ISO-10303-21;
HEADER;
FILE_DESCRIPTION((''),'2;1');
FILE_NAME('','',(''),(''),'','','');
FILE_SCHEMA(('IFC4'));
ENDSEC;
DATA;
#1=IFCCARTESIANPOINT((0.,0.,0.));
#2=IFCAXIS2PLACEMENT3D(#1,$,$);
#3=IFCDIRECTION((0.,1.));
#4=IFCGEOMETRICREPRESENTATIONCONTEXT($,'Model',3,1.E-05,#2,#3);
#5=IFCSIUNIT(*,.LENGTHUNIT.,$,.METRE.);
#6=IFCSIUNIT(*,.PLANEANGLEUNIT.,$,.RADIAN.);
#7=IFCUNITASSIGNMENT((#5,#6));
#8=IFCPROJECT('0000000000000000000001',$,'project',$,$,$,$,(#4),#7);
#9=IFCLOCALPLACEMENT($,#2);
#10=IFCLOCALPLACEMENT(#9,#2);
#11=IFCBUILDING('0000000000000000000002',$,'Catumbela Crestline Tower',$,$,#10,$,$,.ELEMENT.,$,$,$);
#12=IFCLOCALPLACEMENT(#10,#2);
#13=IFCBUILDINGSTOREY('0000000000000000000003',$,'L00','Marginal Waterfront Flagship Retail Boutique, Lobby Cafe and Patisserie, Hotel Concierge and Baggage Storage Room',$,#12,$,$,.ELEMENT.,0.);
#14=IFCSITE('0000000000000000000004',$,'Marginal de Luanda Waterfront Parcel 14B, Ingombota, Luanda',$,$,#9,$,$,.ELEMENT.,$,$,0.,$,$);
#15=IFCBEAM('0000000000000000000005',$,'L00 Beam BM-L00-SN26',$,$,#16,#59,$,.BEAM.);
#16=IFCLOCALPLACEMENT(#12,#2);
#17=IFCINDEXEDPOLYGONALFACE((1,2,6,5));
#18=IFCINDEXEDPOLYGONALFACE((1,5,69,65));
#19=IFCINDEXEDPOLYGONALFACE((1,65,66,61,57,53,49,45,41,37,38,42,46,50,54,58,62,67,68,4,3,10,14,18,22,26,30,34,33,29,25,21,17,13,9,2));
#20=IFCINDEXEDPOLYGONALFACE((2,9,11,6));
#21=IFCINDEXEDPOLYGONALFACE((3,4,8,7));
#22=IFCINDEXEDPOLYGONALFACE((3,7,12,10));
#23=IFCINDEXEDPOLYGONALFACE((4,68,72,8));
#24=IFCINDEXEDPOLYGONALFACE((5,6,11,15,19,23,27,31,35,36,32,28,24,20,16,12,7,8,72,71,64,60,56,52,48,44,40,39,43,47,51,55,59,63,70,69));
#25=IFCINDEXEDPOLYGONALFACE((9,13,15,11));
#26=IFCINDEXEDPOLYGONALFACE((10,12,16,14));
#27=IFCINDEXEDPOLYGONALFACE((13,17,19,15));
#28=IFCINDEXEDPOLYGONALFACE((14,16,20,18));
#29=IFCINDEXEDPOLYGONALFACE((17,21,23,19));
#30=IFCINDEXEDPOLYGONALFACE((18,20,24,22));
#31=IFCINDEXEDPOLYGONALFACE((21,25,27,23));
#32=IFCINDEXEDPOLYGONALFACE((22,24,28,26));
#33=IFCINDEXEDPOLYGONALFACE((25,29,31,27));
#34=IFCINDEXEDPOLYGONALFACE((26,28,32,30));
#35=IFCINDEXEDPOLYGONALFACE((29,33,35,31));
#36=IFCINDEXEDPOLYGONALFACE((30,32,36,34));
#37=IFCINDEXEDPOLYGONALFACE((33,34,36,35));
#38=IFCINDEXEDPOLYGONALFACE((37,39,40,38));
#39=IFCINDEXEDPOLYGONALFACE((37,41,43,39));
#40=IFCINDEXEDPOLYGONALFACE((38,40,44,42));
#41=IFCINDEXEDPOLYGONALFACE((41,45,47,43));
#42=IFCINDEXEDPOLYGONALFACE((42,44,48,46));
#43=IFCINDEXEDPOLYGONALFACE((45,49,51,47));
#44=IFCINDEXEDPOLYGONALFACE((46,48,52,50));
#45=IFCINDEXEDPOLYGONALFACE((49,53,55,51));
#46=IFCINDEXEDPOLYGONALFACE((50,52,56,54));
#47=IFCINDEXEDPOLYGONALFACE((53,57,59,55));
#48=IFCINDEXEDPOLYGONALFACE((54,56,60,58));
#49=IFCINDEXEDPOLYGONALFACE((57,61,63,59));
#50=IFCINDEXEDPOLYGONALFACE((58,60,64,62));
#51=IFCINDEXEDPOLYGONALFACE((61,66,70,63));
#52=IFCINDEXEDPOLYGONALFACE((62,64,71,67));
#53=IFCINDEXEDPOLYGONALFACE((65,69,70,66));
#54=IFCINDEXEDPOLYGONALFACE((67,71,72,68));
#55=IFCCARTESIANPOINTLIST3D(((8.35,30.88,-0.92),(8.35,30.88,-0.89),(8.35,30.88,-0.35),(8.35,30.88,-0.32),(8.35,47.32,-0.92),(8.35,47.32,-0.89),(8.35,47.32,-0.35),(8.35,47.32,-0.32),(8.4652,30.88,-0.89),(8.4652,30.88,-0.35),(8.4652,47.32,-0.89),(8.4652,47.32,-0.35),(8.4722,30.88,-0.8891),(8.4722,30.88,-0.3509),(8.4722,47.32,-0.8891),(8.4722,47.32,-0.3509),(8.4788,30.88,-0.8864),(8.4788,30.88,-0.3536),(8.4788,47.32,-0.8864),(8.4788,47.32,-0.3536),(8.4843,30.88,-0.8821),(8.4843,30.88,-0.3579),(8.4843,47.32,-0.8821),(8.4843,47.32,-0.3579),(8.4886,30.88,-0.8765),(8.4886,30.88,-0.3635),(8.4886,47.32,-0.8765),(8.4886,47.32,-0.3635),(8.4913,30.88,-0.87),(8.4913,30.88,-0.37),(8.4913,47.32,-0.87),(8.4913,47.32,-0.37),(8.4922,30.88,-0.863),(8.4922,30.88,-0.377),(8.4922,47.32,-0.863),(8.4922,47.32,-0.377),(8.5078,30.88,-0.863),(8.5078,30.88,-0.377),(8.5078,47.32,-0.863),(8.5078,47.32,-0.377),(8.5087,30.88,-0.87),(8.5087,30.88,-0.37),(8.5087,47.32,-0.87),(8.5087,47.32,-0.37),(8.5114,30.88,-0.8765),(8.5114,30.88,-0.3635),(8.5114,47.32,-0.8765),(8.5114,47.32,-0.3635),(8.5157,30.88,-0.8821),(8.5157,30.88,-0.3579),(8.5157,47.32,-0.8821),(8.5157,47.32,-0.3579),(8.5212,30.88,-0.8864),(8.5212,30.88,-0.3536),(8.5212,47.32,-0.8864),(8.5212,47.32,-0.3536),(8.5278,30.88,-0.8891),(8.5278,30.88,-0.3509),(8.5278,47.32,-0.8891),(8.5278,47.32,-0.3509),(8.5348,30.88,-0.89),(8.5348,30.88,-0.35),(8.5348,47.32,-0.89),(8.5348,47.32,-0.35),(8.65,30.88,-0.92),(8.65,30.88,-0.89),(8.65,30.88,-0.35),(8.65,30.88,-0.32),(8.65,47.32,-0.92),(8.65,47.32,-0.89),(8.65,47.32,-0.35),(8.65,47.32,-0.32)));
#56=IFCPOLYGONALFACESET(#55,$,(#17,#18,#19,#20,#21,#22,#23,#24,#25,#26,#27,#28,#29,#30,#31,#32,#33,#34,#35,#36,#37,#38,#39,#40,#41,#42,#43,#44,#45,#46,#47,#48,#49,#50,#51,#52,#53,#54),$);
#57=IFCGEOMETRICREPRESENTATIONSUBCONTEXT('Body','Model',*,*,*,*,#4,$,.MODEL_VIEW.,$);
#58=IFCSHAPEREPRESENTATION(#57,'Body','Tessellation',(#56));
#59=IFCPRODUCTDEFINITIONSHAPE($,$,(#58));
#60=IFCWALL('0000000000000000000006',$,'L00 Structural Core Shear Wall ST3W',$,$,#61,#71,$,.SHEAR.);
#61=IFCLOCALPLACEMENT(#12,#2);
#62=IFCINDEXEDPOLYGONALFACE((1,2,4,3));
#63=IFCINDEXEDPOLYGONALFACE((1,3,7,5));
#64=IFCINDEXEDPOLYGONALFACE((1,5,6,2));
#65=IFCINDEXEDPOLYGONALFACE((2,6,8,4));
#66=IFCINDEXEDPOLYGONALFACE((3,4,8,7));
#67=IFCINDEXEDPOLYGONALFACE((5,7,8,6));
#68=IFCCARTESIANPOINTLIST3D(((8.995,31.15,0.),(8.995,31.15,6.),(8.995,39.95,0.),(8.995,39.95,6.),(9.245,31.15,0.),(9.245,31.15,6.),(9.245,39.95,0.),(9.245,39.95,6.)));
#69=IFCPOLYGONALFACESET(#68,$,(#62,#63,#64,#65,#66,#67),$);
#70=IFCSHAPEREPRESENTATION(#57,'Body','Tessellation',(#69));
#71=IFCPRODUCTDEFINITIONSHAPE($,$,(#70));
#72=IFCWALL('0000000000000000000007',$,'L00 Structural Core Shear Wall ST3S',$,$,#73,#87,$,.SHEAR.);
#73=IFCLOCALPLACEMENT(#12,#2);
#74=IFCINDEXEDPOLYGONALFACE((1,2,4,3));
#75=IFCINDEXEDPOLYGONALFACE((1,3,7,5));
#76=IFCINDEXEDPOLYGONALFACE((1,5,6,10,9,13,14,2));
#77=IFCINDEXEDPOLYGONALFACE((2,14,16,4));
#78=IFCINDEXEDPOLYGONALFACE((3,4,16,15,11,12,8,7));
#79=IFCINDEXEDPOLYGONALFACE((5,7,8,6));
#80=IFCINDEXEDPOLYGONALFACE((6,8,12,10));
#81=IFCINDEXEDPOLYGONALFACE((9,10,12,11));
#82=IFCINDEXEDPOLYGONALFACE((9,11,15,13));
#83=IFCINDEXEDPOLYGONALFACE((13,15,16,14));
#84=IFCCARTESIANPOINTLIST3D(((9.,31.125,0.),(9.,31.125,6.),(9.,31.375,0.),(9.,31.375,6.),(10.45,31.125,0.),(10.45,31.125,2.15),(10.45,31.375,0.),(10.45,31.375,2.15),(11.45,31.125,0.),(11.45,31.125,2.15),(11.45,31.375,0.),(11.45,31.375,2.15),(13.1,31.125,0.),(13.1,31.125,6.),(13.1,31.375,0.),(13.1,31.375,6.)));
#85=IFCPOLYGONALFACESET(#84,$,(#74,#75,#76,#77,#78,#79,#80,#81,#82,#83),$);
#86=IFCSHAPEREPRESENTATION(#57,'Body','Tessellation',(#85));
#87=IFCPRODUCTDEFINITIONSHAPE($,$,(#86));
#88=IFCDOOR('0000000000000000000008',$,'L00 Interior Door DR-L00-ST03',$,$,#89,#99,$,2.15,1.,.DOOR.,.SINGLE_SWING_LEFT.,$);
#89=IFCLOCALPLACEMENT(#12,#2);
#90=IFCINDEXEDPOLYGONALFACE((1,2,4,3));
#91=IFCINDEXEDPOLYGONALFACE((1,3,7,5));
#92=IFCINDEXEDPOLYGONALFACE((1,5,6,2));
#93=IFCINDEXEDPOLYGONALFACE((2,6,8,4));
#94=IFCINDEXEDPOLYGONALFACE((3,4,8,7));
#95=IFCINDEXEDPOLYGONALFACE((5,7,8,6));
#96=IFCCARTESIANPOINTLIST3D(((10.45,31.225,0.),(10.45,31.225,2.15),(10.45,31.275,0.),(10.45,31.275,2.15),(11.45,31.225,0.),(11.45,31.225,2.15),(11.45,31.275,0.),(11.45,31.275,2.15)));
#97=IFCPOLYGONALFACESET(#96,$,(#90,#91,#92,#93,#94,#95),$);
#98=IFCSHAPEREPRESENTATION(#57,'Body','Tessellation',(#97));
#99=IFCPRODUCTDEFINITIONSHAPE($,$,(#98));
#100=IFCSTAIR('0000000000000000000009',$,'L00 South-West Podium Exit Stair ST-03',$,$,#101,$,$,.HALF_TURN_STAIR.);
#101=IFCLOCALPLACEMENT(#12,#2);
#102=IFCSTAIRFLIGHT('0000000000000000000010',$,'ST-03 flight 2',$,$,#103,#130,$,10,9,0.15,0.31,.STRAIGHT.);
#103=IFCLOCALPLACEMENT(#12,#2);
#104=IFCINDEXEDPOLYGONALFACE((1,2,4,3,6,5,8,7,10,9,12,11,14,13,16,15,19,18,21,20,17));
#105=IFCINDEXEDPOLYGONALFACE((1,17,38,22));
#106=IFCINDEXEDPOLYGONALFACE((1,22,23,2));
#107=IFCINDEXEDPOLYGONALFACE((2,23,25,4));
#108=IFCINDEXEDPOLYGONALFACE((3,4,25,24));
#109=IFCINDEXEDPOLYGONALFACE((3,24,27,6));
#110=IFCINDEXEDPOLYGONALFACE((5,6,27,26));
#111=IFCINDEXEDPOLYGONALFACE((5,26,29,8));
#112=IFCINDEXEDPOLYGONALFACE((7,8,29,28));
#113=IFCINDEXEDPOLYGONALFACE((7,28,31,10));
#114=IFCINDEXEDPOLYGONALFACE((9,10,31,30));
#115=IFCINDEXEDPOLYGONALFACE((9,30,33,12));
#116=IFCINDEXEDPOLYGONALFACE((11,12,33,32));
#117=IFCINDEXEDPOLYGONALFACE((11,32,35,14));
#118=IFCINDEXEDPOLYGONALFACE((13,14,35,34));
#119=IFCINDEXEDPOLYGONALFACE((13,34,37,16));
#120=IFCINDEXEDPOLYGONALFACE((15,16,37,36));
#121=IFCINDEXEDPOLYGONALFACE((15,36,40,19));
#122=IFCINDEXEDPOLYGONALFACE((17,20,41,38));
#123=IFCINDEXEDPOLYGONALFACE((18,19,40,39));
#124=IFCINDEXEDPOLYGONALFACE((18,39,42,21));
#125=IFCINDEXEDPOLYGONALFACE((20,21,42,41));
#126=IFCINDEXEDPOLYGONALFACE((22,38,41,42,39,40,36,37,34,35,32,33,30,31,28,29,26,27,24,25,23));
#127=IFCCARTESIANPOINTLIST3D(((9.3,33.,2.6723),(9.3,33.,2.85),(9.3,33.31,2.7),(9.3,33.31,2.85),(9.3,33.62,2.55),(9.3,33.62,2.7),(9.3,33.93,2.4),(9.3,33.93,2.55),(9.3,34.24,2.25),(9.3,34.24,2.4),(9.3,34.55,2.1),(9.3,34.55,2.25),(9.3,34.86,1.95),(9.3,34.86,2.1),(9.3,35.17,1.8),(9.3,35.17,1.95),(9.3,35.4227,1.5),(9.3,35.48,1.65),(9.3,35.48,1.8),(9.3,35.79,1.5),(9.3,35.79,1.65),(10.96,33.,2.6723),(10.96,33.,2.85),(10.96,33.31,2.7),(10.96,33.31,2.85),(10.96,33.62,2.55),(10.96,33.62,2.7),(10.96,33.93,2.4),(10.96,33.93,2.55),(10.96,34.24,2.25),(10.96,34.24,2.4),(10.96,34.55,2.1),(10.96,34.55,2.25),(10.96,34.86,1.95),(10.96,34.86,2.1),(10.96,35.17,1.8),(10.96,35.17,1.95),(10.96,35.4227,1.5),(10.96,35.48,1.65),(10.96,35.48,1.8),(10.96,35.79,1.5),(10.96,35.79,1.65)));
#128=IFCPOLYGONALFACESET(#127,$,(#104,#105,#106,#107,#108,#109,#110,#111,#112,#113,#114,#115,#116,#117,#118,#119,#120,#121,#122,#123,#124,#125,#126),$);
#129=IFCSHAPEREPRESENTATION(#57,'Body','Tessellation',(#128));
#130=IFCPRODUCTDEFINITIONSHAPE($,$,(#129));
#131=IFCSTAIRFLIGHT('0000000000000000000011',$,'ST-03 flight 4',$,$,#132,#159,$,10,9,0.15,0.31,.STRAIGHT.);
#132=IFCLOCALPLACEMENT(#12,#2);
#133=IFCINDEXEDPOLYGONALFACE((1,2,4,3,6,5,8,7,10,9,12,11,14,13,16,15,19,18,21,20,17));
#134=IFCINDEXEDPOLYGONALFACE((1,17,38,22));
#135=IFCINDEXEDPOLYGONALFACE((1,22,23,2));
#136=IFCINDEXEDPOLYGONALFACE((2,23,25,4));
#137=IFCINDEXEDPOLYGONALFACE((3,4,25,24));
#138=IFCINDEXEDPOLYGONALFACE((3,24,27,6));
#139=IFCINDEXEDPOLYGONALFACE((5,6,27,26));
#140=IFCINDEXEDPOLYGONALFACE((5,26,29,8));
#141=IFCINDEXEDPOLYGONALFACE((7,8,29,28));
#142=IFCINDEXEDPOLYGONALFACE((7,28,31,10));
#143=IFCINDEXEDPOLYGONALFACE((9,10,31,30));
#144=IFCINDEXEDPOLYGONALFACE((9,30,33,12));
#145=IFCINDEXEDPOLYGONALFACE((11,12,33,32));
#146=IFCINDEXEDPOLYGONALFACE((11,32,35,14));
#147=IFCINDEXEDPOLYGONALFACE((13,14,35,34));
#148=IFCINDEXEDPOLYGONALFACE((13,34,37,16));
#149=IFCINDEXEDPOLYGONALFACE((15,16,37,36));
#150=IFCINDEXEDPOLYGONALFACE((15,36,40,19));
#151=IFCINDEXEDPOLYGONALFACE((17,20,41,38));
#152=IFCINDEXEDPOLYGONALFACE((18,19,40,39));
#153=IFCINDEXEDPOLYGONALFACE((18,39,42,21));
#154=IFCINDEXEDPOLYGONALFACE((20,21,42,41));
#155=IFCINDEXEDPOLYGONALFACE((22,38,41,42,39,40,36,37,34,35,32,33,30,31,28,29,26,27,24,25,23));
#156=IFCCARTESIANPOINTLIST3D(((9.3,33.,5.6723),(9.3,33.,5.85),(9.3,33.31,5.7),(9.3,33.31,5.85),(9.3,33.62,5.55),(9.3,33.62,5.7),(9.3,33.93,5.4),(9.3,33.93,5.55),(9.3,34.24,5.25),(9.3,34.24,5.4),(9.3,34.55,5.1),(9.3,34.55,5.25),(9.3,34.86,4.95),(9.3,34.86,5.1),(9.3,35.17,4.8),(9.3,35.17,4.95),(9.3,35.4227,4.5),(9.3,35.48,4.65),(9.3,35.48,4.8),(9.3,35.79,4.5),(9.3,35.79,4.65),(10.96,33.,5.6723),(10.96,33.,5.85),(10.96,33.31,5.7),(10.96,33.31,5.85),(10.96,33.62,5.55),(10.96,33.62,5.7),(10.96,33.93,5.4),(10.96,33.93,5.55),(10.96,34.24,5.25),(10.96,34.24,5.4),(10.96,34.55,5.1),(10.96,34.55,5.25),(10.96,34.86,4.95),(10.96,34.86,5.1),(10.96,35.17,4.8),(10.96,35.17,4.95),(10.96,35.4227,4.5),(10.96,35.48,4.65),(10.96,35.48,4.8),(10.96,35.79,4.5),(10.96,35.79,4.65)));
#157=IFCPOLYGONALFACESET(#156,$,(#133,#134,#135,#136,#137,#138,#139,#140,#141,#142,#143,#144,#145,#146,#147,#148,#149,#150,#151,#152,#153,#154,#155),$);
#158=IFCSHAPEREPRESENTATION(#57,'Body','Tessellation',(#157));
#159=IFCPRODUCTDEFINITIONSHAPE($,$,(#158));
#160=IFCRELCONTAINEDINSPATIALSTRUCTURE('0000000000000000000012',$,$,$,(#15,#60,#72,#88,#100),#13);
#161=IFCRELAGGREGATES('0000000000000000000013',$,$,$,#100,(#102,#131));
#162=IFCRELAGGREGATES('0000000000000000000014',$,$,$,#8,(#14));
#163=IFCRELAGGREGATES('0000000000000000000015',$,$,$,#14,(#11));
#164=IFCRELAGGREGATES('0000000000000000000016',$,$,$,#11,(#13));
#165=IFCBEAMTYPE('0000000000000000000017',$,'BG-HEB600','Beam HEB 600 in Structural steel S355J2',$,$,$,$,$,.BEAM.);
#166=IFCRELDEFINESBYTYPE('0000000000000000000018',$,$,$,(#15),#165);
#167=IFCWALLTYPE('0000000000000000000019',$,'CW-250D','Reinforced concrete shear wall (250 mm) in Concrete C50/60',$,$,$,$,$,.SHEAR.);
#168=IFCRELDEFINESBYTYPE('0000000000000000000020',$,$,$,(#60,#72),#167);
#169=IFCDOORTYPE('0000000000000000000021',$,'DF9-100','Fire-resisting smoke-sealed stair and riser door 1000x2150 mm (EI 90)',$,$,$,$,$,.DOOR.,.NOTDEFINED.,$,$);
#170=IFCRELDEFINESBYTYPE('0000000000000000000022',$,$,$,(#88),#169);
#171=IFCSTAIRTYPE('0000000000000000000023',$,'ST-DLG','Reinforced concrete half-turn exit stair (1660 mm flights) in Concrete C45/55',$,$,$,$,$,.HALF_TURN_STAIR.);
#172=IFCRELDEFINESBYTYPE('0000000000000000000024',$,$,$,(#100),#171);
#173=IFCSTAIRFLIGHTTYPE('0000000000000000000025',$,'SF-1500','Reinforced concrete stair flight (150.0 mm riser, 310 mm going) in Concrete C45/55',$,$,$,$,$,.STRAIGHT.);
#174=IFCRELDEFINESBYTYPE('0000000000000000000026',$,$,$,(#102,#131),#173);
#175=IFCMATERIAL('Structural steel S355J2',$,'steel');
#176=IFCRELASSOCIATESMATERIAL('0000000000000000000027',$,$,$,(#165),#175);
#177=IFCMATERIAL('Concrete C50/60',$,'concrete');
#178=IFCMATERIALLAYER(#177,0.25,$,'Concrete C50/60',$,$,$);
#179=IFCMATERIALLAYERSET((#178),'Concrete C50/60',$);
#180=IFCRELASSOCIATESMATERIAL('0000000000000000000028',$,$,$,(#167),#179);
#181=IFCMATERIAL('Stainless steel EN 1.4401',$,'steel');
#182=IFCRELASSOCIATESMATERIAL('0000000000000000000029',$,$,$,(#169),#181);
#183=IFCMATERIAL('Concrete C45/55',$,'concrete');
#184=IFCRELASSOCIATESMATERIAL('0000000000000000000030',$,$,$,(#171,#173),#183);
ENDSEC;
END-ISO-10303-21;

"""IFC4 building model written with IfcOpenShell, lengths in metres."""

from ifc_helpers import new_model, si_unit, direction, frame, frame_2d, origin, origin_2d, place, context, subcontext, project, spatial, polyline, rectangle, i_section, outline, extrude, material, layer, layer_set, material_profile, profile_set, type_object, element, fill, aggregate, save


model = new_model("IFC4")

# Units and contexts
model_context = context("Model", 3, precision=1e-05, world=origin(), true_north=direction((0.0, 1.0)))
body_context = subcontext(model_context, "Body", "Model", "MODEL_VIEW")
ifc_project = project(units=[si_unit("LENGTHUNIT", "METRE"), si_unit("PLANEANGLEUNIT", "RADIAN")], contexts=[model_context])

# Site, building, storey
site_placement = place(None, origin())
site = spatial("IfcSite", under=ifc_project, at=site_placement, Name="Marginal de Luanda Waterfront Parcel 14B, Ingombota, Luanda", CompositionType="ELEMENT", RefElevation=0.0)
building_placement = place(site_placement, origin())
building = spatial("IfcBuilding", under=site, at=building_placement, Name="Catumbela Crestline Tower", CompositionType="ELEMENT")
storey_placement = place(building_placement, origin())
storey = spatial("IfcBuildingStorey", under=building, at=storey_placement, Name="L00", Description="Marginal Waterfront Flagship Retail Boutique, Lobby Cafe and Patisserie, Hotel Concierge and Baggage Storage Room", CompositionType="ELEMENT", Elevation=0.0)

# Shared definitions
ifc_material_1 = material(Name="Concrete C50/60", Category="concrete")

# Beam
ifc_material_2 = material(Name="Structural steel S355J2", Category="steel")
ifc_material_profile_1 = material_profile(ifc_material_2, i_section(OverallWidth=0.3, OverallDepth=0.6, WebThickness=0.0155, FlangeThickness=0.03, FilletRadius=0.027, at=origin_2d()), Name="HEB 600")
ifc_profile_set_1 = profile_set([ifc_material_profile_1], Name="Structural steel S355J2")
beam_type = type_object("IfcBeamType", Name="BG-HEB600", Description="Beam HEB 600 in Structural steel S355J2", PredefinedType="BEAM", material=ifc_profile_set_1)
beam_1_placement = place(storey_placement, frame((8.5, 30.88, -0.62), z_axis=(0.0, 1.0, 0.0), x_axis=(-1.0, 0.0, 0.0)))
element("IfcBeam", 1, at=beam_1_placement, inside=storey, type_object=beam_type, Name="L00 Beam BM-L00-SN26", PredefinedType="BEAM", context=body_context, shape_type="SweptSolid", body=[
    extrude(i_section(OverallWidth=0.3, OverallDepth=0.6, WebThickness=0.0155, FlangeThickness=0.03, FilletRadius=0.027, at=origin_2d()), origin(), (0.0, 0.0, 1.0), 16.44),
])

# Wall
ifc_layer = layer(ifc_material_1, 0.25, Name="Concrete C50/60")
ifc_layer_set = layer_set([ifc_layer], Name="Concrete C50/60")
wall_type = type_object("IfcWallType", Name="CW-250D", Description="Reinforced concrete shear wall (250 mm) in Concrete C50/60", PredefinedType="SHEAR", material=ifc_layer_set)
wall_1_placement = place(storey_placement, frame((9.12, 31.15, 0.0), z_axis=(0.0, 0.0, 1.0), x_axis=(0.0, 1.0, 0.0)))
element("IfcWall", 2, at=wall_1_placement, inside=storey, type_object=wall_type, Name="L00 Structural Core Shear Wall ST3W", PredefinedType="SHEAR", context=body_context, shape_type="SweptSolid", body=[
    extrude(rectangle(XDim=8.8, YDim=0.25, at=frame_2d((4.4, 0.0))), origin(), (0.0, 0.0, 1.0), 6.0),
])

# Wall, opening, door
wall_2_placement = place(storey_placement, frame((9.0, 31.25, 0.0), z_axis=(0.0, 0.0, 1.0), x_axis=(1.0, 0.0, 0.0)))
wall_2 = element("IfcWall", 3, at=wall_2_placement, inside=storey, type_object=wall_type, Name="L00 Structural Core Shear Wall ST3S", PredefinedType="SHEAR", context=body_context, shape_type="SweptSolid", body=[
    extrude(rectangle(XDim=4.1, YDim=0.25, at=frame_2d((2.05, 0.0))), origin(), (0.0, 0.0, 1.0), 6.0),
])
opening_placement = place(wall_2_placement, frame((1.45, 0.0, 0.0)))
opening = element("IfcOpeningElement", 4, at=opening_placement, cuts=wall_2, PredefinedType="OPENING", context=body_context, shape_type="SweptSolid", body=[
    extrude(rectangle(XDim=1.0, YDim=2.15, at=frame_2d((0.5, 1.075))), frame((0.0, 0.135, 0.0), z_axis=(0.0, -1.0, 0.0), x_axis=(1.0, 0.0, 0.0)), (0.0, 0.0, 1.0), 0.27),
])
ifc_material_3 = material(Name="Stainless steel EN 1.4401", Category="steel")
door_type = type_object("IfcDoorType", Name="DF9-100", Description="Fire-resisting smoke-sealed stair and riser door 1000x2150 mm (EI 90)", OperationType="NOTDEFINED", PredefinedType="DOOR", material=ifc_material_3)
door_placement = place(opening_placement, origin())
door = element("IfcDoor", 5, at=door_placement, inside=storey, type_object=door_type, Name="L00 Interior Door DR-L00-ST03", OperationType="SINGLE_SWING_LEFT", OverallHeight=2.15, OverallWidth=1.0, PredefinedType="DOOR", context=body_context, shape_type="SweptSolid", body=[
    extrude(rectangle(XDim=1.0, YDim=2.15, at=frame_2d((0.5, 1.075))), frame((0.0, 0.025, 0.0), z_axis=(0.0, -1.0, 0.0), x_axis=(1.0, 0.0, 0.0)), (0.0, 0.0, 1.0), 0.05),
])
fill(opening, door)

# Stair, stair flights
ifc_material_4 = material(Name="Concrete C45/55", Category="concrete")
stair_type = type_object("IfcStairType", Name="ST-DLG", Description="Reinforced concrete half-turn exit stair (1660 mm flights) in Concrete C45/55", PredefinedType="HALF_TURN_STAIR", material=ifc_material_4)
stair_placement = place(storey_placement, origin())
stair = element("IfcStair", 6, at=stair_placement, inside=storey, type_object=stair_type, Name="L00 South-West Podium Exit Stair ST-03", PredefinedType="HALF_TURN_STAIR")
stair_flight_type = type_object("IfcStairFlightType", Name="SF-1500", Description="Reinforced concrete stair flight (150.0 mm riser, 310 mm going) in Concrete C45/55", PredefinedType="STRAIGHT", material=ifc_material_4)
stair_flight_1_placement = place(storey_placement, frame((10.13, 35.79, 1.5), z_axis=(0.0, 0.0, 1.0), x_axis=(0.0, -1.0, 0.0)))
stair_flight_1 = element("IfcStairFlight", 7, at=stair_flight_1_placement, type_object=stair_flight_type, Name="ST-03 flight 2", NumberOfRisers=10, NumberOfTreads=9, PredefinedType="STRAIGHT", RiserHeight=0.15, TreadLength=0.31, context=body_context, shape_type="SweptSolid", body=[
    extrude(outline(polyline([(0.0, 0.0), (0.0, 0.15), (0.31, 0.15), (0.31, 0.3), (0.62, 0.3), (0.62, 0.45), (0.93, 0.45), (0.93, 0.6), (1.24, 0.6), (1.24, 0.75), (1.55, 0.75), (1.55, 0.9), (1.86, 0.9), (1.86, 1.05), (2.17, 1.05), (2.17, 1.2), (2.48, 1.2), (2.48, 1.35), (2.79, 1.35), (2.79, 1.5), (2.79, 1.1723), (0.3673, 0.0), (0.0, 0.0)])), frame((0.0, 0.83, 0.0), z_axis=(0.0, -1.0, 0.0), x_axis=(1.0, 0.0, 0.0)), (0.0, 0.0, 1.0), 1.66),
])
stair_flight_2_placement = place(storey_placement, frame((10.13, 35.79, 4.5), z_axis=(0.0, 0.0, 1.0), x_axis=(0.0, -1.0, 0.0)))
stair_flight_2 = element("IfcStairFlight", 8, at=stair_flight_2_placement, type_object=stair_flight_type, Name="ST-03 flight 4", NumberOfRisers=10, NumberOfTreads=9, PredefinedType="STRAIGHT", RiserHeight=0.15, TreadLength=0.31, context=body_context, shape_type="SweptSolid", body=[
    extrude(outline(polyline([(0.0, 0.0), (0.0, 0.15), (0.31, 0.15), (0.31, 0.3), (0.62, 0.3), (0.62, 0.45), (0.93, 0.45), (0.93, 0.6), (1.24, 0.6), (1.24, 0.75), (1.55, 0.75), (1.55, 0.9), (1.86, 0.9), (1.86, 1.05), (2.17, 1.05), (2.17, 1.2), (2.48, 1.2), (2.48, 1.35), (2.79, 1.35), (2.79, 1.5), (2.79, 1.1723), (0.3673, 0.0), (0.0, 0.0)])), frame((0.0, 0.83, 0.0), z_axis=(0.0, -1.0, 0.0), x_axis=(1.0, 0.0, 0.0)), (0.0, 0.0, 1.0), 1.66),
])
aggregate(stair, [stair_flight_1, stair_flight_2])

save(model, "model.ifc")
